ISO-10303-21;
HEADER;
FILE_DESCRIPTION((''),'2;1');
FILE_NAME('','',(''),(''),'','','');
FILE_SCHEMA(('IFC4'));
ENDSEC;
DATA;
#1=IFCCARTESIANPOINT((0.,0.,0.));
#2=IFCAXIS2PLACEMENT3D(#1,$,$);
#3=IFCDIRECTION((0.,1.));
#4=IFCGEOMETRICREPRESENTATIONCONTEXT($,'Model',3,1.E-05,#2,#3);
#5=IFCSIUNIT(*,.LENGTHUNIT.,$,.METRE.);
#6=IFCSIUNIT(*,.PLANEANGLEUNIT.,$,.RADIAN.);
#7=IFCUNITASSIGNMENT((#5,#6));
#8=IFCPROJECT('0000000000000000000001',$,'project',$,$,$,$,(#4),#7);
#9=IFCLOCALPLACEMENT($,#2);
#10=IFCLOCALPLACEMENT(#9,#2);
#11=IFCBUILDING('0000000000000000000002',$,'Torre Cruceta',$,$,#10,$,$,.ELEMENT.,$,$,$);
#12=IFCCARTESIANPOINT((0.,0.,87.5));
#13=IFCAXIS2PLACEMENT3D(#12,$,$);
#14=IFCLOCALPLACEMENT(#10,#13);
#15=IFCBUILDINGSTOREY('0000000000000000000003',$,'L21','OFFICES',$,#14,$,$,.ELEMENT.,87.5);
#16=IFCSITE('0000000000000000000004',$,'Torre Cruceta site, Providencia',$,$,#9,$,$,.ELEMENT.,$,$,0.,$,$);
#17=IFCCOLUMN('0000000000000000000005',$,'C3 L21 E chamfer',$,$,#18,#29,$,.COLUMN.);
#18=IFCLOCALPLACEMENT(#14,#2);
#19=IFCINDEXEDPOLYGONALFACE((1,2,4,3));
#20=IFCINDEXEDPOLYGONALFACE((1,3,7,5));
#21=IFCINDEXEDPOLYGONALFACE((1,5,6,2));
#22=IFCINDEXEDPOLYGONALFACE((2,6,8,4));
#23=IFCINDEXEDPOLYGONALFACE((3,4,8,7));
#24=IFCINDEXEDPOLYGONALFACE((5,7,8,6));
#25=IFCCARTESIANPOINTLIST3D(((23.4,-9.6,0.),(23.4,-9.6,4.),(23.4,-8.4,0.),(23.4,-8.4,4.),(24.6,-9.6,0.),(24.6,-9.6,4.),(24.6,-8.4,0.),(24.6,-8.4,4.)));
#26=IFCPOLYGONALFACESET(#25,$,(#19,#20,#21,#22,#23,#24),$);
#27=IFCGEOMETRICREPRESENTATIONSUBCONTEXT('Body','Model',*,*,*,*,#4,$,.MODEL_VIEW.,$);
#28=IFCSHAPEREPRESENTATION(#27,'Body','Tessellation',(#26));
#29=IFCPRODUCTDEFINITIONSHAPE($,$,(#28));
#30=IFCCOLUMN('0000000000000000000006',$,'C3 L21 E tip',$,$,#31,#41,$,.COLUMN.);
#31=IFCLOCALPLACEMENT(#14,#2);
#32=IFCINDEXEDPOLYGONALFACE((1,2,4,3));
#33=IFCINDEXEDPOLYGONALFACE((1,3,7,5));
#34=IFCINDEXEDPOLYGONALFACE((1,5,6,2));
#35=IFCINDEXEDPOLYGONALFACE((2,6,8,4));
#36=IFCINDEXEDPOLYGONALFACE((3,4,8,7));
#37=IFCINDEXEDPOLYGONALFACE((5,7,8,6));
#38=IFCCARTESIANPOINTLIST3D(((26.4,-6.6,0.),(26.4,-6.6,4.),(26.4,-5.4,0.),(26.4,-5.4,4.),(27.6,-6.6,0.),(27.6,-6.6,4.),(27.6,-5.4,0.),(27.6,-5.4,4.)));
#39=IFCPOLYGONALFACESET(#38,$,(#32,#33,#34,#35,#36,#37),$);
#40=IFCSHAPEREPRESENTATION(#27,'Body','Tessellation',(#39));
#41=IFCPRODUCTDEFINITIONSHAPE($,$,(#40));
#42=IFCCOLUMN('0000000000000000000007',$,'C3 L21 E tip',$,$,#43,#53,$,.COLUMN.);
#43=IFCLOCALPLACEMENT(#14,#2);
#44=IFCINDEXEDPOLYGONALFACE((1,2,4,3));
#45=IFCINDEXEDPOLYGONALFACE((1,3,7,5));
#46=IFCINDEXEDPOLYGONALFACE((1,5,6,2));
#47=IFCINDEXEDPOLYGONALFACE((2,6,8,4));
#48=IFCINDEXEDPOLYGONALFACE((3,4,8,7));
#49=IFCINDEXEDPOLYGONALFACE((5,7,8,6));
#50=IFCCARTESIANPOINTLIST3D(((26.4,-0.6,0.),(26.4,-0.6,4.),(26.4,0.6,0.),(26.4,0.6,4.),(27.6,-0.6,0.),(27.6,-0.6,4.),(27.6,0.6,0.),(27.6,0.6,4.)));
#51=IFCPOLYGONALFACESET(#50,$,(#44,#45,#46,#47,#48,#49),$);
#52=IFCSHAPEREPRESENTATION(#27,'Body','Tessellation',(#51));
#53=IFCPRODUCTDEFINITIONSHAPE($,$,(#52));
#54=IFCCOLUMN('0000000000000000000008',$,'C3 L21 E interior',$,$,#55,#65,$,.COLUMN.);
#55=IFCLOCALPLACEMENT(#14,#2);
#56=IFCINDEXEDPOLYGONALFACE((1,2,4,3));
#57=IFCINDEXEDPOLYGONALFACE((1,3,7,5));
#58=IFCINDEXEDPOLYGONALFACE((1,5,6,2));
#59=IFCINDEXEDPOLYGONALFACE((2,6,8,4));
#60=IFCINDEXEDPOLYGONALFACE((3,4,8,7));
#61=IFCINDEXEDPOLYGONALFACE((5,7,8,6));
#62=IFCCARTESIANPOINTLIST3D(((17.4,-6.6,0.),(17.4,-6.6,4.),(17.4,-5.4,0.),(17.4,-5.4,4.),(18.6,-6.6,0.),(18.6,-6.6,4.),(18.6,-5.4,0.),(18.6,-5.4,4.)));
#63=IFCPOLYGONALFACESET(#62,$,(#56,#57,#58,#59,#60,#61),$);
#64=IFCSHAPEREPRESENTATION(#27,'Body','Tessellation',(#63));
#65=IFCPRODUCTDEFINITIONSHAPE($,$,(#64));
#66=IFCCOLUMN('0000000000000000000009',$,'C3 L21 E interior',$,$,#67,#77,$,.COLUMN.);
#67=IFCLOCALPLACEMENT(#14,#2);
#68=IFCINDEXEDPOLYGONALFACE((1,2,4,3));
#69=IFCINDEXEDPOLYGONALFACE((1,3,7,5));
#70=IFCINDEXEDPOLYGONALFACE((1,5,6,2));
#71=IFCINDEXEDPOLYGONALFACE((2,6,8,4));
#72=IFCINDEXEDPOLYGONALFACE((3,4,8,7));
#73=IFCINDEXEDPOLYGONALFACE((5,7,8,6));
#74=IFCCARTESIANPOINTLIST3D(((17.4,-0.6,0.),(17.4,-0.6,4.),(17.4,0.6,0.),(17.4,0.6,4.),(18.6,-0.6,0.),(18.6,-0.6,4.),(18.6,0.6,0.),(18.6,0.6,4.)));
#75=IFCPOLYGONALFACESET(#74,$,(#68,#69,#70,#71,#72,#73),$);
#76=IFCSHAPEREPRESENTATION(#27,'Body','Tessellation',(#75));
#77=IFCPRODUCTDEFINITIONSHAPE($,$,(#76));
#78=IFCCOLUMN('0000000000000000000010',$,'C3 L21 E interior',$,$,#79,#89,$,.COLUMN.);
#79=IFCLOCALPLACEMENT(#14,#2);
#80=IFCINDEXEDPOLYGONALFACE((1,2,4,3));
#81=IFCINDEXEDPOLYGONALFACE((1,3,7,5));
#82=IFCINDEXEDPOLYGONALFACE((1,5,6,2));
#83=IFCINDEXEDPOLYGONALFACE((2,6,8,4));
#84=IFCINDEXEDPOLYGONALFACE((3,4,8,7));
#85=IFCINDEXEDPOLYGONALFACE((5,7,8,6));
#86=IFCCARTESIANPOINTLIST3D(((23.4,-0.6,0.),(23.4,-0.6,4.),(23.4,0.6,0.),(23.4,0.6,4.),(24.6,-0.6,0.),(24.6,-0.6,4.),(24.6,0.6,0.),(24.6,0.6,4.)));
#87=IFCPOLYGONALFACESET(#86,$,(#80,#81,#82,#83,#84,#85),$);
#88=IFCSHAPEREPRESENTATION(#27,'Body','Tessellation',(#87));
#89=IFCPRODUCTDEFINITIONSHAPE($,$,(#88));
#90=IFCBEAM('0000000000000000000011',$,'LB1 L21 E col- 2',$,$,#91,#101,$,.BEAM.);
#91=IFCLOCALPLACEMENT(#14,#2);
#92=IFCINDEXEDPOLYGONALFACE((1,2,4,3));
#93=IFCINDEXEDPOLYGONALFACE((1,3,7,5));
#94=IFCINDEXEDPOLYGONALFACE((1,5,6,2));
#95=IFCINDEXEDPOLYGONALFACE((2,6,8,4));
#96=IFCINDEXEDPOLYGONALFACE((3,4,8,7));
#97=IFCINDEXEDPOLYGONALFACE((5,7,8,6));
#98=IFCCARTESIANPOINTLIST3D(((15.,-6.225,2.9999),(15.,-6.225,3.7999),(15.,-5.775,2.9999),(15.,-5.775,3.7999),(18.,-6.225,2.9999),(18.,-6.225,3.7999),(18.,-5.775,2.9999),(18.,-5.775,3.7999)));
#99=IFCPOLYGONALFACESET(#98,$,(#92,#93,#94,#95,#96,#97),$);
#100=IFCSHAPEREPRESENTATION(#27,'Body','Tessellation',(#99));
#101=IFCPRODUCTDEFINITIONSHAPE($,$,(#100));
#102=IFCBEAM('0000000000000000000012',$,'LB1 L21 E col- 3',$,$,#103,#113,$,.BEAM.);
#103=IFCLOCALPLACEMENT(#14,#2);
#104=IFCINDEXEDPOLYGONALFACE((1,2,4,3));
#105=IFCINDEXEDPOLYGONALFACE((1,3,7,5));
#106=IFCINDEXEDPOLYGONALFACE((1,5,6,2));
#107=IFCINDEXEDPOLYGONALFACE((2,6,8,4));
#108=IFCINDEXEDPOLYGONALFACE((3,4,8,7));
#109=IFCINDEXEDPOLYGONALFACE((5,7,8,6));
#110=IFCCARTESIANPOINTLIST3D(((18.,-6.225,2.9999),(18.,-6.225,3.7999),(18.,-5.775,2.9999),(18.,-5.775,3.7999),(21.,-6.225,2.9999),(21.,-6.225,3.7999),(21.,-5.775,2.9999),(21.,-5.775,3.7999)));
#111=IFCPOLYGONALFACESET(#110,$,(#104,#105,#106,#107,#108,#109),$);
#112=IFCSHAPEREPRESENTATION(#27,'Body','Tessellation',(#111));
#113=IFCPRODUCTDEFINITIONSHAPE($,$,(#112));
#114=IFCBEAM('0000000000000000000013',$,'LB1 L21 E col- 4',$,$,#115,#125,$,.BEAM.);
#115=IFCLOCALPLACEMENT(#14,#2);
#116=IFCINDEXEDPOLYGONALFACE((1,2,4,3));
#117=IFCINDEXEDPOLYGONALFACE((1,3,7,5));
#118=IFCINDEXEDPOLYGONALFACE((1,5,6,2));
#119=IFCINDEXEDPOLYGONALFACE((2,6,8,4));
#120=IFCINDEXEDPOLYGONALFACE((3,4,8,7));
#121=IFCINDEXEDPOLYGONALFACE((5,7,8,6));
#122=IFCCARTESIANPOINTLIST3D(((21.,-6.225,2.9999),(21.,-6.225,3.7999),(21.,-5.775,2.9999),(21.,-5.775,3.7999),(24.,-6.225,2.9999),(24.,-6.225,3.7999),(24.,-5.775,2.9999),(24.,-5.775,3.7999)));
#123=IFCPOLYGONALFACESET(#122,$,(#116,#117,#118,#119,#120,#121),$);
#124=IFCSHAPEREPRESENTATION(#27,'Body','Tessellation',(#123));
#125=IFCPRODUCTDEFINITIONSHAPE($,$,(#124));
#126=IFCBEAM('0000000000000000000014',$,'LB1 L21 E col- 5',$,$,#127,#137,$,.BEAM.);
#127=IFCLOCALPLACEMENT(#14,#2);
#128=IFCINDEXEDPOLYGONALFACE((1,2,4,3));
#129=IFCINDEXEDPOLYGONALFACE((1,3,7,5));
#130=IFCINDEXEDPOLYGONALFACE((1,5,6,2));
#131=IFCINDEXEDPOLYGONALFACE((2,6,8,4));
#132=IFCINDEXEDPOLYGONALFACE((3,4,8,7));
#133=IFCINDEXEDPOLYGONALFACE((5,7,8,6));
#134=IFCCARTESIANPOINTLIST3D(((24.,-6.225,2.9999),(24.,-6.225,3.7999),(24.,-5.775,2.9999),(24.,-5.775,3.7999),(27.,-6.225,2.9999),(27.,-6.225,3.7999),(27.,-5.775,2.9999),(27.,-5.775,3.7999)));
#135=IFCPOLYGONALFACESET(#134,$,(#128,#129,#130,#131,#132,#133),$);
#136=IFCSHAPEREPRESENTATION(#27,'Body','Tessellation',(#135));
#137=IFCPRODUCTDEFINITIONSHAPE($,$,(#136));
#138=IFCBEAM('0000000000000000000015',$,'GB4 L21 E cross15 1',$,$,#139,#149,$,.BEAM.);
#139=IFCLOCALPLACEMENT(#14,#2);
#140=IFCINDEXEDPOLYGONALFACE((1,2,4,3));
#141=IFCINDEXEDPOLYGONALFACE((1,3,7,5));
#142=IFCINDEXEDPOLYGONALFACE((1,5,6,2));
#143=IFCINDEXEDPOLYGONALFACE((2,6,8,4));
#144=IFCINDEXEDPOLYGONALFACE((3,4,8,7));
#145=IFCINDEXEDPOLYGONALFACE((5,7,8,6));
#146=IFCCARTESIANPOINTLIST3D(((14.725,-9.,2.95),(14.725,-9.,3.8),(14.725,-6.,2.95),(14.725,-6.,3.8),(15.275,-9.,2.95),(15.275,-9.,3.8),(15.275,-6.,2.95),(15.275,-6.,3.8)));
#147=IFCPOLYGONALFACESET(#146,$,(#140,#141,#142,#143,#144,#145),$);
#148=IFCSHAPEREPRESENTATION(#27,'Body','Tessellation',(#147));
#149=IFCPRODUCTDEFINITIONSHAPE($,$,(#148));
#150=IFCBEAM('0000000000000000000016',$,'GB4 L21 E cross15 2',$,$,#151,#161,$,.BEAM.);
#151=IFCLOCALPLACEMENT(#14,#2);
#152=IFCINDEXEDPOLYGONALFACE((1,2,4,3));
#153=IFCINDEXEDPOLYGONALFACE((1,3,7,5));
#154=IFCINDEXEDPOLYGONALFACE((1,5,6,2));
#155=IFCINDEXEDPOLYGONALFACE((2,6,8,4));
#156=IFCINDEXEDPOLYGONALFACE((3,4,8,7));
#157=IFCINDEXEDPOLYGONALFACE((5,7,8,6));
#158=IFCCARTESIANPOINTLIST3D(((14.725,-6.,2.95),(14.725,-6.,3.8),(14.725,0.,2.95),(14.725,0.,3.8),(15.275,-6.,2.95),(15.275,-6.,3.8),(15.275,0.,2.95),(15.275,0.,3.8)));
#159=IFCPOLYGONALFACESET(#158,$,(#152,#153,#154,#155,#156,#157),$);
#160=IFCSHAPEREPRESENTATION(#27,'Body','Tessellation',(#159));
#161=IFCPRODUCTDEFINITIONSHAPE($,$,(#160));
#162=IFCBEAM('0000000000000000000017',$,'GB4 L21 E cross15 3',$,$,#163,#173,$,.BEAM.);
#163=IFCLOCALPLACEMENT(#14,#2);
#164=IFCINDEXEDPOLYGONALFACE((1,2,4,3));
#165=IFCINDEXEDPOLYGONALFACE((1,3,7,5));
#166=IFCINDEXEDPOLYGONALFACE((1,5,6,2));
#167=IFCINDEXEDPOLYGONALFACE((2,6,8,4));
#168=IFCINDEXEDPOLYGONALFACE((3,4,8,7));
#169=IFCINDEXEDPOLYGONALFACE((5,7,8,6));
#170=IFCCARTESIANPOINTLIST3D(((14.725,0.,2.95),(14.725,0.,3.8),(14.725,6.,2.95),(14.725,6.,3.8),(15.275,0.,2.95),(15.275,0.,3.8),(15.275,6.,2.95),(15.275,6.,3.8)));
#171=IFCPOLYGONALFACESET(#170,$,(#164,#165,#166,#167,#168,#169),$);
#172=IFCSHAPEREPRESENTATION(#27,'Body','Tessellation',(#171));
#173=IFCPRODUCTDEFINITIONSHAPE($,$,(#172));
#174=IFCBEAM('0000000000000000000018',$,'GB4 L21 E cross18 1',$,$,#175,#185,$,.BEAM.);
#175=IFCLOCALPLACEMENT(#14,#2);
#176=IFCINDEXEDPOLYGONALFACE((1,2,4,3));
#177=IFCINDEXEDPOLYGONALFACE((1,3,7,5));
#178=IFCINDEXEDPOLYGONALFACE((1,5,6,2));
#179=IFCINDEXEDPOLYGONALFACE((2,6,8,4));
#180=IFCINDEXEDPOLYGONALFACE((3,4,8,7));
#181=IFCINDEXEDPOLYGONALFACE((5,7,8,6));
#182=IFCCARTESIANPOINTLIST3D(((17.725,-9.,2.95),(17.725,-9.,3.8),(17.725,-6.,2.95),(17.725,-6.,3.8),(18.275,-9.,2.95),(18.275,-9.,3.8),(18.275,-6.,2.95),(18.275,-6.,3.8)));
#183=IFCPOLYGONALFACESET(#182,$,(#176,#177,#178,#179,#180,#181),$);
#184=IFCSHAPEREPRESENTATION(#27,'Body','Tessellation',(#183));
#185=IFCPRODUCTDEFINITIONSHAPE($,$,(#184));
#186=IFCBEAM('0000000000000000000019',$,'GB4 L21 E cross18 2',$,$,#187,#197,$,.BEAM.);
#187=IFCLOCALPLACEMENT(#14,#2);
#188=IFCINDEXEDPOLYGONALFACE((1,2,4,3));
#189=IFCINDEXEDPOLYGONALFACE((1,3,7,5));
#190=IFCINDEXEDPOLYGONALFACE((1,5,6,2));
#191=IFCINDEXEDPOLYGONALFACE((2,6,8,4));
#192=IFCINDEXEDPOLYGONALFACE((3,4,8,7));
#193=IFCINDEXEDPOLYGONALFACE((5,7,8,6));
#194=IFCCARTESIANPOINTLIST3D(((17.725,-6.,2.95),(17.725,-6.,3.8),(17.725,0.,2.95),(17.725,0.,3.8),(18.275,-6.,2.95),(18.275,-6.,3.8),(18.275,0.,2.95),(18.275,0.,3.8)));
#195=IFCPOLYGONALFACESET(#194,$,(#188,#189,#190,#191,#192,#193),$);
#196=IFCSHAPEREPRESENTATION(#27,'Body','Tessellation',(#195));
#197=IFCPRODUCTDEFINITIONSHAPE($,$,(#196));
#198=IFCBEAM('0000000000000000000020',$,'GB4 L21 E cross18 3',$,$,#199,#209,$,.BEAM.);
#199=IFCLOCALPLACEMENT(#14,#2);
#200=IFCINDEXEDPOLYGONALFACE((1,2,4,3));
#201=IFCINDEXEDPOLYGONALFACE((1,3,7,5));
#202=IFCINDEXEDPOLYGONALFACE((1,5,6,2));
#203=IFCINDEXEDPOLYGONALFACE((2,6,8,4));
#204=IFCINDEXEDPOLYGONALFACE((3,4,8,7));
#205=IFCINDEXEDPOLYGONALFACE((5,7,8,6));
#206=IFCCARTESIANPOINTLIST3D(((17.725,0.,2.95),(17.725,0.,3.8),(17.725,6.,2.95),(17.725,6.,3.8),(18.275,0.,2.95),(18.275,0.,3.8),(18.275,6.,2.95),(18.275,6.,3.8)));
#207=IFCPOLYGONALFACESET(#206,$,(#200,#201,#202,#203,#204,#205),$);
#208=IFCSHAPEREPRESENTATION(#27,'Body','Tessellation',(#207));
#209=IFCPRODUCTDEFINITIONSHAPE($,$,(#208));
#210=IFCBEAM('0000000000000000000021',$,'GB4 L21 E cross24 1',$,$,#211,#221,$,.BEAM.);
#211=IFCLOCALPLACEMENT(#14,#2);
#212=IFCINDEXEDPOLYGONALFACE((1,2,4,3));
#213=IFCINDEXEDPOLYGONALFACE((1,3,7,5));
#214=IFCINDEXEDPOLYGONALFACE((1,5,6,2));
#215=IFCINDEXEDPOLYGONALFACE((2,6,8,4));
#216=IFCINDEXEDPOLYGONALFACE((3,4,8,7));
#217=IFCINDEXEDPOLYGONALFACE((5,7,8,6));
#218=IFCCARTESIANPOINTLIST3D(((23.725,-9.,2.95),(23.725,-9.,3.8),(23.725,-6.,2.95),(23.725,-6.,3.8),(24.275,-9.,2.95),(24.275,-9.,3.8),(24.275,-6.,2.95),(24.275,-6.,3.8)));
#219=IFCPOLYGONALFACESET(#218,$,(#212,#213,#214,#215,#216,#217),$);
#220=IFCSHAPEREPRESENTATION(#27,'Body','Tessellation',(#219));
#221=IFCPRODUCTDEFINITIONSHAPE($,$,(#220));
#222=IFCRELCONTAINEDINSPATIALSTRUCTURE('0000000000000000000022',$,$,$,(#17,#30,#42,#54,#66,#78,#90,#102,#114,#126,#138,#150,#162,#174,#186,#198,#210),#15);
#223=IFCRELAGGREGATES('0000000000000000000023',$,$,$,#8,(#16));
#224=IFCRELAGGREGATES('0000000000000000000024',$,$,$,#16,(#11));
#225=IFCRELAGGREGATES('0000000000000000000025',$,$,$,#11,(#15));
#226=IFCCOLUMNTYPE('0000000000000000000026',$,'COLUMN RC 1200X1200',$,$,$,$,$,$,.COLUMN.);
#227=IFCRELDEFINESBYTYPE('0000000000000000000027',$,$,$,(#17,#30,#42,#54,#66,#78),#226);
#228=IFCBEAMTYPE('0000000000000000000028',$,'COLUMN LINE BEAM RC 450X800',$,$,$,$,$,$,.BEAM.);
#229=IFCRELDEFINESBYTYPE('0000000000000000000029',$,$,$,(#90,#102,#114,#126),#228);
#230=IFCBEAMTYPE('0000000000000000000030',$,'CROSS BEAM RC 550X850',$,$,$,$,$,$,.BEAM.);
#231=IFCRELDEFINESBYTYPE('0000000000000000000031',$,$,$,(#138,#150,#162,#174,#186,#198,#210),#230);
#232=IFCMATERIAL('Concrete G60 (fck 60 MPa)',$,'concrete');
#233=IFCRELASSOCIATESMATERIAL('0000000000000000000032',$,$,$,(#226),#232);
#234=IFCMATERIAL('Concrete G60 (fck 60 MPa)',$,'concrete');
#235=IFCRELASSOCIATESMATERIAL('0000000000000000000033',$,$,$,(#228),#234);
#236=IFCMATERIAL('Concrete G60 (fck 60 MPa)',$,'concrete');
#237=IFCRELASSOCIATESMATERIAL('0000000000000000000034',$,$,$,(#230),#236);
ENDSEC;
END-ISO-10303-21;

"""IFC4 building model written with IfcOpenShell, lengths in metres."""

from ifc_helpers import new_model, si_unit, direction, frame, origin, origin_2d, place, context, subcontext, project, spatial, rectangle, extrude, material, material_profile, profile_set, type_object, element, save


model = new_model("IFC4")

# Units and contexts
model_context = context("Model", 3, precision=1e-05, world=origin(), true_north=direction((0.0, 1.0)))
body_context = subcontext(model_context, "Body", "Model", "MODEL_VIEW")
ifc_project = project(units=[si_unit("LENGTHUNIT", "METRE"), si_unit("PLANEANGLEUNIT", "RADIAN")], contexts=[model_context])

# Site, building, storey
site_placement = place(None, origin())
site = spatial("IfcSite", under=ifc_project, at=site_placement, Name="Torre Cruceta site, Providencia", CompositionType="ELEMENT", RefElevation=0.0)
building_placement = place(site_placement, origin())
building = spatial("IfcBuilding", under=site, at=building_placement, Name="Torre Cruceta", CompositionType="ELEMENT")
storey_placement = place(building_placement, frame((0.0, 0.0, 87.5)))
storey = spatial("IfcBuildingStorey", under=building, at=storey_placement, Name="L21", Description="OFFICES", CompositionType="ELEMENT", Elevation=87.5)

# Columns
ifc_material_1 = material(Name="Concrete G60 (fck 60 MPa)", Category="concrete")
ifc_material_profile_1 = material_profile(ifc_material_1, rectangle(XDim=1.2, YDim=1.2, at=origin_2d()), Name="RC 1200X1200")
ifc_profile_set_1 = profile_set([ifc_material_profile_1], Name="Concrete G60 (fck 60 MPa)")
column_type = type_object("IfcColumnType", Name="COLUMN RC 1200X1200", PredefinedType="COLUMN", material=ifc_profile_set_1)
for number, where, z_axis, x_axis, name in (
    (1, (24.0, -9.0, 0.0), (0.0, 0.0, 1.0), (1.0, 0.0, 0.0), "C3 L21 E chamfer"),
    (2, (27.0, -6.0, 0.0), (0.0, 0.0, 1.0), (1.0, 0.0, 0.0), "C3 L21 E tip"),
    (3, (27.0, 0.0, 0.0), (0.0, 0.0, 1.0), (1.0, 0.0, 0.0), "C3 L21 E tip"),
    (4, (18.0, -6.0, 0.0), (0.0, 0.0, 1.0), (1.0, 0.0, 0.0), "C3 L21 E interior"),
    (5, (18.0, 0.0, 0.0), (0.0, 0.0, 1.0), (1.0, 0.0, 0.0), "C3 L21 E interior"),
    (6, (24.0, 0.0, 0.0), (0.0, 0.0, 1.0), (1.0, 0.0, 0.0), "C3 L21 E interior"),
):
    element("IfcColumn", number, at=place(storey_placement, frame(where, z_axis=z_axis, x_axis=x_axis)), inside=storey, type_object=column_type, Name=name, PredefinedType="COLUMN", context=body_context, shape_type="SweptSolid", body=[
        extrude(rectangle(XDim=1.2, YDim=1.2, at=origin_2d()), origin(), (0.0, 0.0, 1.0), 4.0),
    ])

# Beams
ifc_material_2 = material(Name="Concrete G60 (fck 60 MPa)", Category="concrete")
ifc_material_profile_2 = material_profile(ifc_material_2, rectangle(XDim=0.45, YDim=0.8, at=origin_2d()), Name="RC 450X800")
ifc_profile_set_2 = profile_set([ifc_material_profile_2], Name="Concrete G60 (fck 60 MPa)")
beam_type_1 = type_object("IfcBeamType", Name="COLUMN LINE BEAM RC 450X800", PredefinedType="BEAM", material=ifc_profile_set_2)
for number, where, z_axis, x_axis, name in (
    (7, (15.0, -6.0, 3.3999), (1.0, 0.0, 0.0), (0.0, 1.0, 0.0), "LB1 L21 E col- 2"),
    (8, (18.0, -6.0, 3.3999), (1.0, 0.0, 0.0), (0.0, 1.0, 0.0), "LB1 L21 E col- 3"),
    (9, (21.0, -6.0, 3.3999), (1.0, 0.0, 0.0), (0.0, 1.0, 0.0), "LB1 L21 E col- 4"),
    (10, (24.0, -6.0, 3.3999), (1.0, 0.0, 0.0), (0.0, 1.0, 0.0), "LB1 L21 E col- 5"),
):
    element("IfcBeam", number, at=place(storey_placement, frame(where, z_axis=z_axis, x_axis=x_axis)), inside=storey, type_object=beam_type_1, Name=name, PredefinedType="BEAM", context=body_context, shape_type="SweptSolid", body=[
        extrude(rectangle(XDim=0.45, YDim=0.8, at=origin_2d()), origin(), (0.0, 0.0, 1.0), 3.0),
    ])
ifc_material_3 = material(Name="Concrete G60 (fck 60 MPa)", Category="concrete")
ifc_material_profile_3 = material_profile(ifc_material_3, rectangle(XDim=0.55, YDim=0.8501, at=origin_2d()), Name="RC 550X850")
ifc_profile_set_3 = profile_set([ifc_material_profile_3], Name="Concrete G60 (fck 60 MPa)")
beam_type_2 = type_object("IfcBeamType", Name="CROSS BEAM RC 550X850", PredefinedType="BEAM", material=ifc_profile_set_3)
beam_1_placement = place(storey_placement, frame((15.0, -9.0, 3.375), z_axis=(0.0, 1.0, 0.0), x_axis=(-1.0, 0.0, 0.0)))
element("IfcBeam", 11, at=beam_1_placement, inside=storey, type_object=beam_type_2, Name="GB4 L21 E cross15 1", PredefinedType="BEAM", context=body_context, shape_type="SweptSolid", body=[
    extrude(rectangle(XDim=0.55, YDim=0.8501, at=origin_2d()), origin(), (0.0, 0.0, 1.0), 3.0),
])
for number, where, z_axis, x_axis, name in (
    (12, (15.0, -6.0, 3.375), (0.0, 1.0, 0.0), (-1.0, 0.0, 0.0), "GB4 L21 E cross15 2"),
    (13, (15.0, 0.0, 3.375), (0.0, 1.0, 0.0), (-1.0, 0.0, 0.0), "GB4 L21 E cross15 3"),
):
    element("IfcBeam", number, at=place(storey_placement, frame(where, z_axis=z_axis, x_axis=x_axis)), inside=storey, type_object=beam_type_2, Name=name, PredefinedType="BEAM", context=body_context, shape_type="SweptSolid", body=[
        extrude(rectangle(XDim=0.55, YDim=0.8501, at=origin_2d()), origin(), (0.0, 0.0, 1.0), 6.0),
    ])
beam_2_placement = place(storey_placement, frame((18.0, -9.0, 3.375), z_axis=(0.0, 1.0, 0.0), x_axis=(-1.0, 0.0, 0.0)))
element("IfcBeam", 14, at=beam_2_placement, inside=storey, type_object=beam_type_2, Name="GB4 L21 E cross18 1", PredefinedType="BEAM", context=body_context, shape_type="SweptSolid", body=[
    extrude(rectangle(XDim=0.55, YDim=0.8501, at=origin_2d()), origin(), (0.0, 0.0, 1.0), 3.0),
])
for number, where, z_axis, x_axis, name in (
    (15, (18.0, -6.0, 3.375), (0.0, 1.0, 0.0), (-1.0, 0.0, 0.0), "GB4 L21 E cross18 2"),
    (16, (18.0, 0.0, 3.375), (0.0, 1.0, 0.0), (-1.0, 0.0, 0.0), "GB4 L21 E cross18 3"),
):
    element("IfcBeam", number, at=place(storey_placement, frame(where, z_axis=z_axis, x_axis=x_axis)), inside=storey, type_object=beam_type_2, Name=name, PredefinedType="BEAM", context=body_context, shape_type="SweptSolid", body=[
        extrude(rectangle(XDim=0.55, YDim=0.8501, at=origin_2d()), origin(), (0.0, 0.0, 1.0), 6.0),
    ])
beam_3_placement = place(storey_placement, frame((24.0, -9.0, 3.375), z_axis=(0.0, 1.0, 0.0), x_axis=(-1.0, 0.0, 0.0)))
element("IfcBeam", 17, at=beam_3_placement, inside=storey, type_object=beam_type_2, Name="GB4 L21 E cross24 1", PredefinedType="BEAM", context=body_context, shape_type="SweptSolid", body=[
    extrude(rectangle(XDim=0.55, YDim=0.8501, at=origin_2d()), origin(), (0.0, 0.0, 1.0), 3.0),
])

save(model, "model.ifc")
